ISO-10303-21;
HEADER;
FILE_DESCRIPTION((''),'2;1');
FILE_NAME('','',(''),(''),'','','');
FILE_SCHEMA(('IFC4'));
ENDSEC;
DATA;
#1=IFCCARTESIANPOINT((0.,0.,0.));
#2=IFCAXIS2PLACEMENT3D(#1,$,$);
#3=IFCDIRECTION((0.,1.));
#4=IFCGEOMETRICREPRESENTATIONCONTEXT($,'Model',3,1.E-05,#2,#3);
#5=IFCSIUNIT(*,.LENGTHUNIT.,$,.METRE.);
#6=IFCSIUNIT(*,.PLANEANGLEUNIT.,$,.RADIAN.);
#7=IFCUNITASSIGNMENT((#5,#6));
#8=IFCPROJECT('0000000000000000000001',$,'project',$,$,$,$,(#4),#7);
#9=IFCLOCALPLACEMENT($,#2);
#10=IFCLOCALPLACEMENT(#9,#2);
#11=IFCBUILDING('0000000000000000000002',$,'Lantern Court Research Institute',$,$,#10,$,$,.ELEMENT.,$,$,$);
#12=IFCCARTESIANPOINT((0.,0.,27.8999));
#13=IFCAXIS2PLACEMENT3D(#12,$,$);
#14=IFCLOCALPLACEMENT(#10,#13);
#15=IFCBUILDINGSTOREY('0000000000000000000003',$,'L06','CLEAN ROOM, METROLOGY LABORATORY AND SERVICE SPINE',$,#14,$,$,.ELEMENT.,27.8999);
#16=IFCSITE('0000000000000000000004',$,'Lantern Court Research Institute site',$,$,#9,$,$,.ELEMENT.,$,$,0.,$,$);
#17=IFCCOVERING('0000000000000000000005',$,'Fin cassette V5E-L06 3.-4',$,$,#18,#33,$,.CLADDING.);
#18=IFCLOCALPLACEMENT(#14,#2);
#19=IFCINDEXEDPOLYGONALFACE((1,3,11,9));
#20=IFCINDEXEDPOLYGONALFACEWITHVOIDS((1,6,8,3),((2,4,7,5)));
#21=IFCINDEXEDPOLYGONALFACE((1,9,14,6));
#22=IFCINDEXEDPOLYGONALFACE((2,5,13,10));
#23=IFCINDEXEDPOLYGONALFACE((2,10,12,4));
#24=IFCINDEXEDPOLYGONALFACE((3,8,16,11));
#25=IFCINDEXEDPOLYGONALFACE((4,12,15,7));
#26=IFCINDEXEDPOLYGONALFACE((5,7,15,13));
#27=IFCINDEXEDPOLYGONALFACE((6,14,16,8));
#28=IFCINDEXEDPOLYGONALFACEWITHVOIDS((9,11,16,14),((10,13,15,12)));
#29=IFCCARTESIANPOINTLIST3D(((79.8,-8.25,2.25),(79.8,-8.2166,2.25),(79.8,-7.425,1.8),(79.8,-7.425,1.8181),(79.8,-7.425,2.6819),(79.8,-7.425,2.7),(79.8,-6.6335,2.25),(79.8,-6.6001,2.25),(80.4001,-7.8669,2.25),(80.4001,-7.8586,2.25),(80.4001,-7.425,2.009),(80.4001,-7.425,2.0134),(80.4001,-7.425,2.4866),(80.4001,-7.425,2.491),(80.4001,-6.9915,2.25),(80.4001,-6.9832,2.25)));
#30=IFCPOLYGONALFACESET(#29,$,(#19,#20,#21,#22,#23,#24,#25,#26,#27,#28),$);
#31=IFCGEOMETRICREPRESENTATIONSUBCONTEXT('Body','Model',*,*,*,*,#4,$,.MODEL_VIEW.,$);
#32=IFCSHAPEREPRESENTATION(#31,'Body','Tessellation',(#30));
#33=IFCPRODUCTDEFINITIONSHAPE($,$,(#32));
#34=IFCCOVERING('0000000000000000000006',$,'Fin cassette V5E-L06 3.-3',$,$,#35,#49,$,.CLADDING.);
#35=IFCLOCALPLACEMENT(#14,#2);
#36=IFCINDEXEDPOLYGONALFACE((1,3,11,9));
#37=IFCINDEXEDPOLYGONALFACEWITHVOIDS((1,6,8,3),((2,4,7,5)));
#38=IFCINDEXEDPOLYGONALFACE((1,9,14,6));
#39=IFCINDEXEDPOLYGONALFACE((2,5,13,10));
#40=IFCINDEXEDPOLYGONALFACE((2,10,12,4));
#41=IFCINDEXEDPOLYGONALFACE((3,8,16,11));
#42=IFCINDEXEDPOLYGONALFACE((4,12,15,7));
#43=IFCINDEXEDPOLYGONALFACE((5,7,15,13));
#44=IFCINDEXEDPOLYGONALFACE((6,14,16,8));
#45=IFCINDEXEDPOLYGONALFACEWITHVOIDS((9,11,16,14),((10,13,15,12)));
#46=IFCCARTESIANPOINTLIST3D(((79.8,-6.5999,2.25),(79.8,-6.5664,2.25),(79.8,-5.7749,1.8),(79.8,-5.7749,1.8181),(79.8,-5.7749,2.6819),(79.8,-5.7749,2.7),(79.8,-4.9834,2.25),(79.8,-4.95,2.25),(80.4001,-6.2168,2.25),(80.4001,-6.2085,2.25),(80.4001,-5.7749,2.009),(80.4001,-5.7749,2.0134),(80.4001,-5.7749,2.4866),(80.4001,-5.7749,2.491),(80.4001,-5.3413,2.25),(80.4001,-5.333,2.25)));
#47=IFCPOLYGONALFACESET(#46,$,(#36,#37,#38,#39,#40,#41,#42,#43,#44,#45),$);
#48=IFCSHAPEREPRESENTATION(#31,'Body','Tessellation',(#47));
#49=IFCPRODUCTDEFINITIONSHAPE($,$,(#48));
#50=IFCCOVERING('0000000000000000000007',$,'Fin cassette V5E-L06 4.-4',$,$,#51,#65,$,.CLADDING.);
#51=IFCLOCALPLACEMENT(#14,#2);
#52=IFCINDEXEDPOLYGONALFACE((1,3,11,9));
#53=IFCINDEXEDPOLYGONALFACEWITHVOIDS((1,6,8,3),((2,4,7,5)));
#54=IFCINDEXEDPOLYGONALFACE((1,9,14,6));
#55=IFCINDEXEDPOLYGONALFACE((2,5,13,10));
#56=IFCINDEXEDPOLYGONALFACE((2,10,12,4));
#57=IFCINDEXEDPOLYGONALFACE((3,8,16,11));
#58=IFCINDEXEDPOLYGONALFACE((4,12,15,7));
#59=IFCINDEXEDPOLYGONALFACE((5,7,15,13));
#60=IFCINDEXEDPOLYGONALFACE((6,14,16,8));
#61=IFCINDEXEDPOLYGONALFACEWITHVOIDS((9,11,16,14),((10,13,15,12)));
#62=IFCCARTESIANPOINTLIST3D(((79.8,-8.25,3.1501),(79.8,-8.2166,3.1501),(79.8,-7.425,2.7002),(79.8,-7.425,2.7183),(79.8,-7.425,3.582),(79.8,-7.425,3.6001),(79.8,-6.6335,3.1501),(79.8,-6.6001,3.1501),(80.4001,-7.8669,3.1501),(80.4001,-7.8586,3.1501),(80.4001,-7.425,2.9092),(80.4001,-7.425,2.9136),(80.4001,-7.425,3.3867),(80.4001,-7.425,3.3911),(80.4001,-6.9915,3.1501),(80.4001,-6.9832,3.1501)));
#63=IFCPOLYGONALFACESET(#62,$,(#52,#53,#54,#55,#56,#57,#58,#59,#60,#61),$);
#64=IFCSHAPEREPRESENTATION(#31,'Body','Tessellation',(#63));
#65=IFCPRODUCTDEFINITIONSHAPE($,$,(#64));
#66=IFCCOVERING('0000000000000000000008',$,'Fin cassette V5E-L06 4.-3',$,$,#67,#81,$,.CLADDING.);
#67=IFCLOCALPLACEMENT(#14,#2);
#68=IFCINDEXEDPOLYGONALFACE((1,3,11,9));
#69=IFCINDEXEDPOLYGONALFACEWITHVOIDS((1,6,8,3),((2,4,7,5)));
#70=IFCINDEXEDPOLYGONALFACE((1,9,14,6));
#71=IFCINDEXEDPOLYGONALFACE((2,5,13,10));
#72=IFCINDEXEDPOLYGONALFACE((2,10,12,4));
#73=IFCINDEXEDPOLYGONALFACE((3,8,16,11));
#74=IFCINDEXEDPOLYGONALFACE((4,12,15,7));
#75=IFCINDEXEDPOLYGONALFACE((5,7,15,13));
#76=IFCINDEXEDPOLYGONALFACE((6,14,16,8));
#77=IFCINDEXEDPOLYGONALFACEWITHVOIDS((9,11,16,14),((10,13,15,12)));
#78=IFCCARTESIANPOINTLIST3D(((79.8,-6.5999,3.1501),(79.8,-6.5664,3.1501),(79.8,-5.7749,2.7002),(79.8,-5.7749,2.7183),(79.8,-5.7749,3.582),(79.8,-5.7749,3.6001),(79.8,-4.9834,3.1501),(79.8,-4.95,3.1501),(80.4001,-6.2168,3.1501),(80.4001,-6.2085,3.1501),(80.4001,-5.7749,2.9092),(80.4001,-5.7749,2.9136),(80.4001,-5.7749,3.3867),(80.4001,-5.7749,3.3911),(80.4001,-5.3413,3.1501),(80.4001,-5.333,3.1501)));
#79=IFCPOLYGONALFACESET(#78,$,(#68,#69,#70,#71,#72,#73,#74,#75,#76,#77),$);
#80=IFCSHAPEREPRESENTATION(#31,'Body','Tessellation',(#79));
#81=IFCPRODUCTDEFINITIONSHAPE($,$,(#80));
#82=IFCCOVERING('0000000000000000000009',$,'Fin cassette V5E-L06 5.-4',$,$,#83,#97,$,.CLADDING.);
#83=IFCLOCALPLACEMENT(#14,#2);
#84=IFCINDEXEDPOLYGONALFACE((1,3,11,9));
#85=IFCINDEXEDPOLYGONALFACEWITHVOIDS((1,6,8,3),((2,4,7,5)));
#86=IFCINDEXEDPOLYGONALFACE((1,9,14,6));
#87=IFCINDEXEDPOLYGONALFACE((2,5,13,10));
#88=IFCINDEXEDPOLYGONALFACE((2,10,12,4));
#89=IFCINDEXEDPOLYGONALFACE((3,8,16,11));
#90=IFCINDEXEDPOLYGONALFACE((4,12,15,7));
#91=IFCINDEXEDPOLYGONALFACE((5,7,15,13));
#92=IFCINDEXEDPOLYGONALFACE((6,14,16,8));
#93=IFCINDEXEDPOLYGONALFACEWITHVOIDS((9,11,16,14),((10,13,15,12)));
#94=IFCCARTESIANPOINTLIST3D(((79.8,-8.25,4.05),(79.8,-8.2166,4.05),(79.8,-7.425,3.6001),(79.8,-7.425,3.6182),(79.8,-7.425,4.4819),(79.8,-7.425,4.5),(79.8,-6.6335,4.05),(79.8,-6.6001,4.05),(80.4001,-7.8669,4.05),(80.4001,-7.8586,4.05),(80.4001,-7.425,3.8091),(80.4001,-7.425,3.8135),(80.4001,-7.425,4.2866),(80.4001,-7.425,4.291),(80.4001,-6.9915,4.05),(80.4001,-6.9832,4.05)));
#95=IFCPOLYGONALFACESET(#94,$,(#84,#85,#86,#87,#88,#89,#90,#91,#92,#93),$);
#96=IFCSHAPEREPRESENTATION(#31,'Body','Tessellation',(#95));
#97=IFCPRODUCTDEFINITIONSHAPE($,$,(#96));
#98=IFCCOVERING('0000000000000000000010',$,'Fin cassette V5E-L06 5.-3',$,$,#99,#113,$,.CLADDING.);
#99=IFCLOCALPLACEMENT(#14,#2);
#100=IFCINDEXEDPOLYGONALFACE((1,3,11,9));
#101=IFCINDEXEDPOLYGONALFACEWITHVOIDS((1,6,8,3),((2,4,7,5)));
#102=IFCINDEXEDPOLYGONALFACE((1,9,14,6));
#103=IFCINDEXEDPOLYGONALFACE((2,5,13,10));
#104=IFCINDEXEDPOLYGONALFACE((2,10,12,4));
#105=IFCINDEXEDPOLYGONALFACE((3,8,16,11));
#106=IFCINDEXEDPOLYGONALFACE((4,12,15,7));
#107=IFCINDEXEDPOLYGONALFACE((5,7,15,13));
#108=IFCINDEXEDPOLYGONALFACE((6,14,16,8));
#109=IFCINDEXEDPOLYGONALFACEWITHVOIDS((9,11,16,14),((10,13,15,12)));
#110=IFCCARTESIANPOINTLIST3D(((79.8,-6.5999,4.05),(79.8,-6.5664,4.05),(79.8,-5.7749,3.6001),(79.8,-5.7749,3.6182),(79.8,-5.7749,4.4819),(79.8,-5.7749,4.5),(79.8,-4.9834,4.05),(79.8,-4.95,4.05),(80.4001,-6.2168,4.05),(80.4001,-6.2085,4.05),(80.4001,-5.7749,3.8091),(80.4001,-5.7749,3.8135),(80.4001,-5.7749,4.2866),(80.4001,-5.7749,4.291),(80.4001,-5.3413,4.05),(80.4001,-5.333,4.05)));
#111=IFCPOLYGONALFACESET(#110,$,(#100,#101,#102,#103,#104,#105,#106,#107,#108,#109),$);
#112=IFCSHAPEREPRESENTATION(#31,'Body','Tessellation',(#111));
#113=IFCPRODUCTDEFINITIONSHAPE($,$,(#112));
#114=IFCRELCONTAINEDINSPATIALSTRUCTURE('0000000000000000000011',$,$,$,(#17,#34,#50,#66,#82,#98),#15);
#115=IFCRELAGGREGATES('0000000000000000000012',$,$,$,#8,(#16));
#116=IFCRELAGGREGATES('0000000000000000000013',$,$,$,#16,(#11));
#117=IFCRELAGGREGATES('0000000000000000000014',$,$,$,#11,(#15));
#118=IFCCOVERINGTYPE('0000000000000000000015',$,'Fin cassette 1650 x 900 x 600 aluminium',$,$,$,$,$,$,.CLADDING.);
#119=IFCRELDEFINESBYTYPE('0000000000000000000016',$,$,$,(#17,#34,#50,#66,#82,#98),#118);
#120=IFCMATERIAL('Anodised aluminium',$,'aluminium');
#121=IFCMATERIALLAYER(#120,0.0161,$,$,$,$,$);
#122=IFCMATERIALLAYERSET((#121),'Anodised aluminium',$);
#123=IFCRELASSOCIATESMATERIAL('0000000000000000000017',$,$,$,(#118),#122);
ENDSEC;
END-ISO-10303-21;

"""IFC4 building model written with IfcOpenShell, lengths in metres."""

from ifc_helpers import new_model, entity, si_unit, direction, frame, origin, place, context, subcontext, project, spatial, material, layer, layer_set, type_object, element, save


model = new_model("IFC4")

# Units and contexts
model_context = context("Model", 3, precision=1e-05, world=origin(), true_north=direction((0.0, 1.0)))
body_context = subcontext(model_context, "Body", "Model", "MODEL_VIEW")
ifc_project = project(units=[si_unit("LENGTHUNIT", "METRE"), si_unit("PLANEANGLEUNIT", "RADIAN")], contexts=[model_context])

# Site, building, storey
site_placement = place(None, origin())
site = spatial("IfcSite", under=ifc_project, at=site_placement, Name="Lantern Court Research Institute site", CompositionType="ELEMENT", RefElevation=0.0)
building_placement = place(site_placement, origin())
building = spatial("IfcBuilding", under=site, at=building_placement, Name="Lantern Court Research Institute", CompositionType="ELEMENT")
storey_placement = place(building_placement, frame((0.0, 0.0, 27.8999)))
storey = spatial("IfcBuildingStorey", under=building, at=storey_placement, Name="L06", Description="CLEAN ROOM, METROLOGY LABORATORY AND SERVICE SPINE", CompositionType="ELEMENT", Elevation=27.8999)

# Coverings
ifc_material_1 = material(Name="Anodised aluminium", Category="aluminium")
ifc_layer_1 = layer(ifc_material_1, 0.0161)
ifc_layer_set_1 = layer_set([ifc_layer_1], Name="Anodised aluminium")
covering_type = type_object("IfcCoveringType", Name="Fin cassette 1650 x 900 x 600 aluminium", PredefinedType="CLADDING", material=ifc_layer_set_1)
covering_1_placement = place(storey_placement, frame((79.8, -7.425, 2.25), z_axis=(1.0, 0.0, 0.0), x_axis=(0.0, 1.0, 0.0)))
cartesian_point_1 = entity("IfcCartesianPoint", [0.825, 0.0])
cartesian_point_2 = entity("IfcCartesianPoint", [0.7915, 0.0])
cartesian_point_3 = entity("IfcCartesianPoint", [0.4419, 0.0])
cartesian_point_4 = entity("IfcCartesianPoint", [0.4336, 0.0])
element("IfcCovering", 1, at=covering_1_placement, inside=storey, type_object=covering_type, Name="Fin cassette V5E-L06 3.-4", PredefinedType="CLADDING", context=body_context, shape_type="SweptSolid", body=[
    entity("IfcExtrudedAreaSolidTapered", entity("IfcArbitraryProfileDefWithVoids", "AREA", None, entity("IfcPolyline", [cartesian_point_1, entity("IfcCartesianPoint", [0.0, 0.45]), entity("IfcCartesianPoint", [-0.825, 0.0]), entity("IfcCartesianPoint", [0.0, -0.45]), cartesian_point_1]), [entity("IfcPolyline", [cartesian_point_2, entity("IfcCartesianPoint", [0.0, 0.4319]), entity("IfcCartesianPoint", [-0.7915, 0.0]), entity("IfcCartesianPoint", [0.0, -0.4319]), cartesian_point_2])]), entity("IfcAxis2Placement3D", entity("IfcCartesianPoint", [0.0, 0.0, 0.0])), entity("IfcDirection", [0.0, 0.0, 1.0]), 0.6001, entity("IfcArbitraryProfileDefWithVoids", "AREA", None, entity("IfcPolyline", [cartesian_point_3, entity("IfcCartesianPoint", [0.0, 0.241]), entity("IfcCartesianPoint", [-0.4419, 0.0]), entity("IfcCartesianPoint", [0.0, -0.241]), cartesian_point_3]), [entity("IfcPolyline", [cartesian_point_4, entity("IfcCartesianPoint", [0.0, 0.2366]), entity("IfcCartesianPoint", [-0.4336, 0.0]), entity("IfcCartesianPoint", [0.0, -0.2366]), cartesian_point_4])])),
])
covering_2_placement = place(storey_placement, frame((79.8, -5.7749, 2.25), z_axis=(1.0, 0.0, 0.0), x_axis=(0.0, 1.0, 0.0)))
cartesian_point_5 = entity("IfcCartesianPoint", [0.825, 0.0])
cartesian_point_6 = entity("IfcCartesianPoint", [0.7915, 0.0])
cartesian_point_7 = entity("IfcCartesianPoint", [0.4419, 0.0])
cartesian_point_8 = entity("IfcCartesianPoint", [0.4336, 0.0])
element("IfcCovering", 2, at=covering_2_placement, inside=storey, type_object=covering_type, Name="Fin cassette V5E-L06 3.-3", PredefinedType="CLADDING", context=body_context, shape_type="SweptSolid", body=[
    entity("IfcExtrudedAreaSolidTapered", entity("IfcArbitraryProfileDefWithVoids", "AREA", None, entity("IfcPolyline", [cartesian_point_5, entity("IfcCartesianPoint", [0.0, 0.45]), entity("IfcCartesianPoint", [-0.825, 0.0]), entity("IfcCartesianPoint", [0.0, -0.45]), cartesian_point_5]), [entity("IfcPolyline", [cartesian_point_6, entity("IfcCartesianPoint", [0.0, 0.4319]), entity("IfcCartesianPoint", [-0.7915, 0.0]), entity("IfcCartesianPoint", [0.0, -0.4319]), cartesian_point_6])]), entity("IfcAxis2Placement3D", entity("IfcCartesianPoint", [0.0, 0.0, 0.0])), entity("IfcDirection", [0.0, 0.0, 1.0]), 0.6001, entity("IfcArbitraryProfileDefWithVoids", "AREA", None, entity("IfcPolyline", [cartesian_point_7, entity("IfcCartesianPoint", [0.0, 0.241]), entity("IfcCartesianPoint", [-0.4419, 0.0]), entity("IfcCartesianPoint", [0.0, -0.241]), cartesian_point_7]), [entity("IfcPolyline", [cartesian_point_8, entity("IfcCartesianPoint", [0.0, 0.2366]), entity("IfcCartesianPoint", [-0.4336, 0.0]), entity("IfcCartesianPoint", [0.0, -0.2366]), cartesian_point_8])])),
])
covering_3_placement = place(storey_placement, frame((79.8, -7.425, 3.1501), z_axis=(1.0, 0.0, 0.0), x_axis=(0.0, 1.0, 0.0)))
cartesian_point_9 = entity("IfcCartesianPoint", [0.825, 0.0])
cartesian_point_10 = entity("IfcCartesianPoint", [0.7915, 0.0])
cartesian_point_11 = entity("IfcCartesianPoint", [0.4419, 0.0])
cartesian_point_12 = entity("IfcCartesianPoint", [0.4336, 0.0])
element("IfcCovering", 3, at=covering_3_placement, inside=storey, type_object=covering_type, Name="Fin cassette V5E-L06 4.-4", PredefinedType="CLADDING", context=body_context, shape_type="SweptSolid", body=[
    entity("IfcExtrudedAreaSolidTapered", entity("IfcArbitraryProfileDefWithVoids", "AREA", None, entity("IfcPolyline", [cartesian_point_9, entity("IfcCartesianPoint", [0.0, 0.45]), entity("IfcCartesianPoint", [-0.825, 0.0]), entity("IfcCartesianPoint", [0.0, -0.45]), cartesian_point_9]), [entity("IfcPolyline", [cartesian_point_10, entity("IfcCartesianPoint", [0.0, 0.4319]), entity("IfcCartesianPoint", [-0.7915, 0.0]), entity("IfcCartesianPoint", [0.0, -0.4319]), cartesian_point_10])]), entity("IfcAxis2Placement3D", entity("IfcCartesianPoint", [0.0, 0.0, 0.0])), entity("IfcDirection", [0.0, 0.0, 1.0]), 0.6001, entity("IfcArbitraryProfileDefWithVoids", "AREA", None, entity("IfcPolyline", [cartesian_point_11, entity("IfcCartesianPoint", [0.0, 0.241]), entity("IfcCartesianPoint", [-0.4419, 0.0]), entity("IfcCartesianPoint", [0.0, -0.241]), cartesian_point_11]), [entity("IfcPolyline", [cartesian_point_12, entity("IfcCartesianPoint", [0.0, 0.2366]), entity("IfcCartesianPoint", [-0.4336, 0.0]), entity("IfcCartesianPoint", [0.0, -0.2366]), cartesian_point_12])])),
])
covering_4_placement = place(storey_placement, frame((79.8, -5.7749, 3.1501), z_axis=(1.0, 0.0, 0.0), x_axis=(0.0, 1.0, 0.0)))
cartesian_point_13 = entity("IfcCartesianPoint", [0.825, 0.0])
cartesian_point_14 = entity("IfcCartesianPoint", [0.7915, 0.0])
cartesian_point_15 = entity("IfcCartesianPoint", [0.4419, 0.0])
cartesian_point_16 = entity("IfcCartesianPoint", [0.4336, 0.0])
element("IfcCovering", 4, at=covering_4_placement, inside=storey, type_object=covering_type, Name="Fin cassette V5E-L06 4.-3", PredefinedType="CLADDING", context=body_context, shape_type="SweptSolid", body=[
    entity("IfcExtrudedAreaSolidTapered", entity("IfcArbitraryProfileDefWithVoids", "AREA", None, entity("IfcPolyline", [cartesian_point_13, entity("IfcCartesianPoint", [0.0, 0.45]), entity("IfcCartesianPoint", [-0.825, 0.0]), entity("IfcCartesianPoint", [0.0, -0.45]), cartesian_point_13]), [entity("IfcPolyline", [cartesian_point_14, entity("IfcCartesianPoint", [0.0, 0.4319]), entity("IfcCartesianPoint", [-0.7915, 0.0]), entity("IfcCartesianPoint", [0.0, -0.4319]), cartesian_point_14])]), entity("IfcAxis2Placement3D", entity("IfcCartesianPoint", [0.0, 0.0, 0.0])), entity("IfcDirection", [0.0, 0.0, 1.0]), 0.6001, entity("IfcArbitraryProfileDefWithVoids", "AREA", None, entity("IfcPolyline", [cartesian_point_15, entity("IfcCartesianPoint", [0.0, 0.241]), entity("IfcCartesianPoint", [-0.4419, 0.0]), entity("IfcCartesianPoint", [0.0, -0.241]), cartesian_point_15]), [entity("IfcPolyline", [cartesian_point_16, entity("IfcCartesianPoint", [0.0, 0.2366]), entity("IfcCartesianPoint", [-0.4336, 0.0]), entity("IfcCartesianPoint", [0.0, -0.2366]), cartesian_point_16])])),
])
covering_5_placement = place(storey_placement, frame((79.8, -7.425, 4.05), z_axis=(1.0, 0.0, 0.0), x_axis=(0.0, 1.0, 0.0)))
cartesian_point_17 = entity("IfcCartesianPoint", [0.825, 0.0])
cartesian_point_18 = entity("IfcCartesianPoint", [0.7915, 0.0])
cartesian_point_19 = entity("IfcCartesianPoint", [0.4419, 0.0])
cartesian_point_20 = entity("IfcCartesianPoint", [0.4336, 0.0])
element("IfcCovering", 5, at=covering_5_placement, inside=storey, type_object=covering_type, Name="Fin cassette V5E-L06 5.-4", PredefinedType="CLADDING", context=body_context, shape_type="SweptSolid", body=[
    entity("IfcExtrudedAreaSolidTapered", entity("IfcArbitraryProfileDefWithVoids", "AREA", None, entity("IfcPolyline", [cartesian_point_17, entity("IfcCartesianPoint", [0.0, 0.45]), entity("IfcCartesianPoint", [-0.825, 0.0]), entity("IfcCartesianPoint", [0.0, -0.45]), cartesian_point_17]), [entity("IfcPolyline", [cartesian_point_18, entity("IfcCartesianPoint", [0.0, 0.4319]), entity("IfcCartesianPoint", [-0.7915, 0.0]), entity("IfcCartesianPoint", [0.0, -0.4319]), cartesian_point_18])]), entity("IfcAxis2Placement3D", entity("IfcCartesianPoint", [0.0, 0.0, 0.0])), entity("IfcDirection", [0.0, 0.0, 1.0]), 0.6001, entity("IfcArbitraryProfileDefWithVoids", "AREA", None, entity("IfcPolyline", [cartesian_point_19, entity("IfcCartesianPoint", [0.0, 0.241]), entity("IfcCartesianPoint", [-0.4419, 0.0]), entity("IfcCartesianPoint", [0.0, -0.241]), cartesian_point_19]), [entity("IfcPolyline", [cartesian_point_20, entity("IfcCartesianPoint", [0.0, 0.2366]), entity("IfcCartesianPoint", [-0.4336, 0.0]), entity("IfcCartesianPoint", [0.0, -0.2366]), cartesian_point_20])])),
])
covering_6_placement = place(storey_placement, frame((79.8, -5.7749, 4.05), z_axis=(1.0, 0.0, 0.0), x_axis=(0.0, 1.0, 0.0)))
cartesian_point_21 = entity("IfcCartesianPoint", [0.825, 0.0])
cartesian_point_22 = entity("IfcCartesianPoint", [0.7915, 0.0])
cartesian_point_23 = entity("IfcCartesianPoint", [0.4419, 0.0])
cartesian_point_24 = entity("IfcCartesianPoint", [0.4336, 0.0])
element("IfcCovering", 6, at=covering_6_placement, inside=storey, type_object=covering_type, Name="Fin cassette V5E-L06 5.-3", PredefinedType="CLADDING", context=body_context, shape_type="SweptSolid", body=[
    entity("IfcExtrudedAreaSolidTapered", entity("IfcArbitraryProfileDefWithVoids", "AREA", None, entity("IfcPolyline", [cartesian_point_21, entity("IfcCartesianPoint", [0.0, 0.45]), entity("IfcCartesianPoint", [-0.825, 0.0]), entity("IfcCartesianPoint", [0.0, -0.45]), cartesian_point_21]), [entity("IfcPolyline", [cartesian_point_22, entity("IfcCartesianPoint", [0.0, 0.4319]), entity("IfcCartesianPoint", [-0.7915, 0.0]), entity("IfcCartesianPoint", [0.0, -0.4319]), cartesian_point_22])]), entity("IfcAxis2Placement3D", entity("IfcCartesianPoint", [0.0, 0.0, 0.0])), entity("IfcDirection", [0.0, 0.0, 1.0]), 0.6001, entity("IfcArbitraryProfileDefWithVoids", "AREA", None, entity("IfcPolyline", [cartesian_point_23, entity("IfcCartesianPoint", [0.0, 0.241]), entity("IfcCartesianPoint", [-0.4419, 0.0]), entity("IfcCartesianPoint", [0.0, -0.241]), cartesian_point_23]), [entity("IfcPolyline", [cartesian_point_24, entity("IfcCartesianPoint", [0.0, 0.2366]), entity("IfcCartesianPoint", [-0.4336, 0.0]), entity("IfcCartesianPoint", [0.0, -0.2366]), cartesian_point_24])])),
])

save(model, "model.ifc")
